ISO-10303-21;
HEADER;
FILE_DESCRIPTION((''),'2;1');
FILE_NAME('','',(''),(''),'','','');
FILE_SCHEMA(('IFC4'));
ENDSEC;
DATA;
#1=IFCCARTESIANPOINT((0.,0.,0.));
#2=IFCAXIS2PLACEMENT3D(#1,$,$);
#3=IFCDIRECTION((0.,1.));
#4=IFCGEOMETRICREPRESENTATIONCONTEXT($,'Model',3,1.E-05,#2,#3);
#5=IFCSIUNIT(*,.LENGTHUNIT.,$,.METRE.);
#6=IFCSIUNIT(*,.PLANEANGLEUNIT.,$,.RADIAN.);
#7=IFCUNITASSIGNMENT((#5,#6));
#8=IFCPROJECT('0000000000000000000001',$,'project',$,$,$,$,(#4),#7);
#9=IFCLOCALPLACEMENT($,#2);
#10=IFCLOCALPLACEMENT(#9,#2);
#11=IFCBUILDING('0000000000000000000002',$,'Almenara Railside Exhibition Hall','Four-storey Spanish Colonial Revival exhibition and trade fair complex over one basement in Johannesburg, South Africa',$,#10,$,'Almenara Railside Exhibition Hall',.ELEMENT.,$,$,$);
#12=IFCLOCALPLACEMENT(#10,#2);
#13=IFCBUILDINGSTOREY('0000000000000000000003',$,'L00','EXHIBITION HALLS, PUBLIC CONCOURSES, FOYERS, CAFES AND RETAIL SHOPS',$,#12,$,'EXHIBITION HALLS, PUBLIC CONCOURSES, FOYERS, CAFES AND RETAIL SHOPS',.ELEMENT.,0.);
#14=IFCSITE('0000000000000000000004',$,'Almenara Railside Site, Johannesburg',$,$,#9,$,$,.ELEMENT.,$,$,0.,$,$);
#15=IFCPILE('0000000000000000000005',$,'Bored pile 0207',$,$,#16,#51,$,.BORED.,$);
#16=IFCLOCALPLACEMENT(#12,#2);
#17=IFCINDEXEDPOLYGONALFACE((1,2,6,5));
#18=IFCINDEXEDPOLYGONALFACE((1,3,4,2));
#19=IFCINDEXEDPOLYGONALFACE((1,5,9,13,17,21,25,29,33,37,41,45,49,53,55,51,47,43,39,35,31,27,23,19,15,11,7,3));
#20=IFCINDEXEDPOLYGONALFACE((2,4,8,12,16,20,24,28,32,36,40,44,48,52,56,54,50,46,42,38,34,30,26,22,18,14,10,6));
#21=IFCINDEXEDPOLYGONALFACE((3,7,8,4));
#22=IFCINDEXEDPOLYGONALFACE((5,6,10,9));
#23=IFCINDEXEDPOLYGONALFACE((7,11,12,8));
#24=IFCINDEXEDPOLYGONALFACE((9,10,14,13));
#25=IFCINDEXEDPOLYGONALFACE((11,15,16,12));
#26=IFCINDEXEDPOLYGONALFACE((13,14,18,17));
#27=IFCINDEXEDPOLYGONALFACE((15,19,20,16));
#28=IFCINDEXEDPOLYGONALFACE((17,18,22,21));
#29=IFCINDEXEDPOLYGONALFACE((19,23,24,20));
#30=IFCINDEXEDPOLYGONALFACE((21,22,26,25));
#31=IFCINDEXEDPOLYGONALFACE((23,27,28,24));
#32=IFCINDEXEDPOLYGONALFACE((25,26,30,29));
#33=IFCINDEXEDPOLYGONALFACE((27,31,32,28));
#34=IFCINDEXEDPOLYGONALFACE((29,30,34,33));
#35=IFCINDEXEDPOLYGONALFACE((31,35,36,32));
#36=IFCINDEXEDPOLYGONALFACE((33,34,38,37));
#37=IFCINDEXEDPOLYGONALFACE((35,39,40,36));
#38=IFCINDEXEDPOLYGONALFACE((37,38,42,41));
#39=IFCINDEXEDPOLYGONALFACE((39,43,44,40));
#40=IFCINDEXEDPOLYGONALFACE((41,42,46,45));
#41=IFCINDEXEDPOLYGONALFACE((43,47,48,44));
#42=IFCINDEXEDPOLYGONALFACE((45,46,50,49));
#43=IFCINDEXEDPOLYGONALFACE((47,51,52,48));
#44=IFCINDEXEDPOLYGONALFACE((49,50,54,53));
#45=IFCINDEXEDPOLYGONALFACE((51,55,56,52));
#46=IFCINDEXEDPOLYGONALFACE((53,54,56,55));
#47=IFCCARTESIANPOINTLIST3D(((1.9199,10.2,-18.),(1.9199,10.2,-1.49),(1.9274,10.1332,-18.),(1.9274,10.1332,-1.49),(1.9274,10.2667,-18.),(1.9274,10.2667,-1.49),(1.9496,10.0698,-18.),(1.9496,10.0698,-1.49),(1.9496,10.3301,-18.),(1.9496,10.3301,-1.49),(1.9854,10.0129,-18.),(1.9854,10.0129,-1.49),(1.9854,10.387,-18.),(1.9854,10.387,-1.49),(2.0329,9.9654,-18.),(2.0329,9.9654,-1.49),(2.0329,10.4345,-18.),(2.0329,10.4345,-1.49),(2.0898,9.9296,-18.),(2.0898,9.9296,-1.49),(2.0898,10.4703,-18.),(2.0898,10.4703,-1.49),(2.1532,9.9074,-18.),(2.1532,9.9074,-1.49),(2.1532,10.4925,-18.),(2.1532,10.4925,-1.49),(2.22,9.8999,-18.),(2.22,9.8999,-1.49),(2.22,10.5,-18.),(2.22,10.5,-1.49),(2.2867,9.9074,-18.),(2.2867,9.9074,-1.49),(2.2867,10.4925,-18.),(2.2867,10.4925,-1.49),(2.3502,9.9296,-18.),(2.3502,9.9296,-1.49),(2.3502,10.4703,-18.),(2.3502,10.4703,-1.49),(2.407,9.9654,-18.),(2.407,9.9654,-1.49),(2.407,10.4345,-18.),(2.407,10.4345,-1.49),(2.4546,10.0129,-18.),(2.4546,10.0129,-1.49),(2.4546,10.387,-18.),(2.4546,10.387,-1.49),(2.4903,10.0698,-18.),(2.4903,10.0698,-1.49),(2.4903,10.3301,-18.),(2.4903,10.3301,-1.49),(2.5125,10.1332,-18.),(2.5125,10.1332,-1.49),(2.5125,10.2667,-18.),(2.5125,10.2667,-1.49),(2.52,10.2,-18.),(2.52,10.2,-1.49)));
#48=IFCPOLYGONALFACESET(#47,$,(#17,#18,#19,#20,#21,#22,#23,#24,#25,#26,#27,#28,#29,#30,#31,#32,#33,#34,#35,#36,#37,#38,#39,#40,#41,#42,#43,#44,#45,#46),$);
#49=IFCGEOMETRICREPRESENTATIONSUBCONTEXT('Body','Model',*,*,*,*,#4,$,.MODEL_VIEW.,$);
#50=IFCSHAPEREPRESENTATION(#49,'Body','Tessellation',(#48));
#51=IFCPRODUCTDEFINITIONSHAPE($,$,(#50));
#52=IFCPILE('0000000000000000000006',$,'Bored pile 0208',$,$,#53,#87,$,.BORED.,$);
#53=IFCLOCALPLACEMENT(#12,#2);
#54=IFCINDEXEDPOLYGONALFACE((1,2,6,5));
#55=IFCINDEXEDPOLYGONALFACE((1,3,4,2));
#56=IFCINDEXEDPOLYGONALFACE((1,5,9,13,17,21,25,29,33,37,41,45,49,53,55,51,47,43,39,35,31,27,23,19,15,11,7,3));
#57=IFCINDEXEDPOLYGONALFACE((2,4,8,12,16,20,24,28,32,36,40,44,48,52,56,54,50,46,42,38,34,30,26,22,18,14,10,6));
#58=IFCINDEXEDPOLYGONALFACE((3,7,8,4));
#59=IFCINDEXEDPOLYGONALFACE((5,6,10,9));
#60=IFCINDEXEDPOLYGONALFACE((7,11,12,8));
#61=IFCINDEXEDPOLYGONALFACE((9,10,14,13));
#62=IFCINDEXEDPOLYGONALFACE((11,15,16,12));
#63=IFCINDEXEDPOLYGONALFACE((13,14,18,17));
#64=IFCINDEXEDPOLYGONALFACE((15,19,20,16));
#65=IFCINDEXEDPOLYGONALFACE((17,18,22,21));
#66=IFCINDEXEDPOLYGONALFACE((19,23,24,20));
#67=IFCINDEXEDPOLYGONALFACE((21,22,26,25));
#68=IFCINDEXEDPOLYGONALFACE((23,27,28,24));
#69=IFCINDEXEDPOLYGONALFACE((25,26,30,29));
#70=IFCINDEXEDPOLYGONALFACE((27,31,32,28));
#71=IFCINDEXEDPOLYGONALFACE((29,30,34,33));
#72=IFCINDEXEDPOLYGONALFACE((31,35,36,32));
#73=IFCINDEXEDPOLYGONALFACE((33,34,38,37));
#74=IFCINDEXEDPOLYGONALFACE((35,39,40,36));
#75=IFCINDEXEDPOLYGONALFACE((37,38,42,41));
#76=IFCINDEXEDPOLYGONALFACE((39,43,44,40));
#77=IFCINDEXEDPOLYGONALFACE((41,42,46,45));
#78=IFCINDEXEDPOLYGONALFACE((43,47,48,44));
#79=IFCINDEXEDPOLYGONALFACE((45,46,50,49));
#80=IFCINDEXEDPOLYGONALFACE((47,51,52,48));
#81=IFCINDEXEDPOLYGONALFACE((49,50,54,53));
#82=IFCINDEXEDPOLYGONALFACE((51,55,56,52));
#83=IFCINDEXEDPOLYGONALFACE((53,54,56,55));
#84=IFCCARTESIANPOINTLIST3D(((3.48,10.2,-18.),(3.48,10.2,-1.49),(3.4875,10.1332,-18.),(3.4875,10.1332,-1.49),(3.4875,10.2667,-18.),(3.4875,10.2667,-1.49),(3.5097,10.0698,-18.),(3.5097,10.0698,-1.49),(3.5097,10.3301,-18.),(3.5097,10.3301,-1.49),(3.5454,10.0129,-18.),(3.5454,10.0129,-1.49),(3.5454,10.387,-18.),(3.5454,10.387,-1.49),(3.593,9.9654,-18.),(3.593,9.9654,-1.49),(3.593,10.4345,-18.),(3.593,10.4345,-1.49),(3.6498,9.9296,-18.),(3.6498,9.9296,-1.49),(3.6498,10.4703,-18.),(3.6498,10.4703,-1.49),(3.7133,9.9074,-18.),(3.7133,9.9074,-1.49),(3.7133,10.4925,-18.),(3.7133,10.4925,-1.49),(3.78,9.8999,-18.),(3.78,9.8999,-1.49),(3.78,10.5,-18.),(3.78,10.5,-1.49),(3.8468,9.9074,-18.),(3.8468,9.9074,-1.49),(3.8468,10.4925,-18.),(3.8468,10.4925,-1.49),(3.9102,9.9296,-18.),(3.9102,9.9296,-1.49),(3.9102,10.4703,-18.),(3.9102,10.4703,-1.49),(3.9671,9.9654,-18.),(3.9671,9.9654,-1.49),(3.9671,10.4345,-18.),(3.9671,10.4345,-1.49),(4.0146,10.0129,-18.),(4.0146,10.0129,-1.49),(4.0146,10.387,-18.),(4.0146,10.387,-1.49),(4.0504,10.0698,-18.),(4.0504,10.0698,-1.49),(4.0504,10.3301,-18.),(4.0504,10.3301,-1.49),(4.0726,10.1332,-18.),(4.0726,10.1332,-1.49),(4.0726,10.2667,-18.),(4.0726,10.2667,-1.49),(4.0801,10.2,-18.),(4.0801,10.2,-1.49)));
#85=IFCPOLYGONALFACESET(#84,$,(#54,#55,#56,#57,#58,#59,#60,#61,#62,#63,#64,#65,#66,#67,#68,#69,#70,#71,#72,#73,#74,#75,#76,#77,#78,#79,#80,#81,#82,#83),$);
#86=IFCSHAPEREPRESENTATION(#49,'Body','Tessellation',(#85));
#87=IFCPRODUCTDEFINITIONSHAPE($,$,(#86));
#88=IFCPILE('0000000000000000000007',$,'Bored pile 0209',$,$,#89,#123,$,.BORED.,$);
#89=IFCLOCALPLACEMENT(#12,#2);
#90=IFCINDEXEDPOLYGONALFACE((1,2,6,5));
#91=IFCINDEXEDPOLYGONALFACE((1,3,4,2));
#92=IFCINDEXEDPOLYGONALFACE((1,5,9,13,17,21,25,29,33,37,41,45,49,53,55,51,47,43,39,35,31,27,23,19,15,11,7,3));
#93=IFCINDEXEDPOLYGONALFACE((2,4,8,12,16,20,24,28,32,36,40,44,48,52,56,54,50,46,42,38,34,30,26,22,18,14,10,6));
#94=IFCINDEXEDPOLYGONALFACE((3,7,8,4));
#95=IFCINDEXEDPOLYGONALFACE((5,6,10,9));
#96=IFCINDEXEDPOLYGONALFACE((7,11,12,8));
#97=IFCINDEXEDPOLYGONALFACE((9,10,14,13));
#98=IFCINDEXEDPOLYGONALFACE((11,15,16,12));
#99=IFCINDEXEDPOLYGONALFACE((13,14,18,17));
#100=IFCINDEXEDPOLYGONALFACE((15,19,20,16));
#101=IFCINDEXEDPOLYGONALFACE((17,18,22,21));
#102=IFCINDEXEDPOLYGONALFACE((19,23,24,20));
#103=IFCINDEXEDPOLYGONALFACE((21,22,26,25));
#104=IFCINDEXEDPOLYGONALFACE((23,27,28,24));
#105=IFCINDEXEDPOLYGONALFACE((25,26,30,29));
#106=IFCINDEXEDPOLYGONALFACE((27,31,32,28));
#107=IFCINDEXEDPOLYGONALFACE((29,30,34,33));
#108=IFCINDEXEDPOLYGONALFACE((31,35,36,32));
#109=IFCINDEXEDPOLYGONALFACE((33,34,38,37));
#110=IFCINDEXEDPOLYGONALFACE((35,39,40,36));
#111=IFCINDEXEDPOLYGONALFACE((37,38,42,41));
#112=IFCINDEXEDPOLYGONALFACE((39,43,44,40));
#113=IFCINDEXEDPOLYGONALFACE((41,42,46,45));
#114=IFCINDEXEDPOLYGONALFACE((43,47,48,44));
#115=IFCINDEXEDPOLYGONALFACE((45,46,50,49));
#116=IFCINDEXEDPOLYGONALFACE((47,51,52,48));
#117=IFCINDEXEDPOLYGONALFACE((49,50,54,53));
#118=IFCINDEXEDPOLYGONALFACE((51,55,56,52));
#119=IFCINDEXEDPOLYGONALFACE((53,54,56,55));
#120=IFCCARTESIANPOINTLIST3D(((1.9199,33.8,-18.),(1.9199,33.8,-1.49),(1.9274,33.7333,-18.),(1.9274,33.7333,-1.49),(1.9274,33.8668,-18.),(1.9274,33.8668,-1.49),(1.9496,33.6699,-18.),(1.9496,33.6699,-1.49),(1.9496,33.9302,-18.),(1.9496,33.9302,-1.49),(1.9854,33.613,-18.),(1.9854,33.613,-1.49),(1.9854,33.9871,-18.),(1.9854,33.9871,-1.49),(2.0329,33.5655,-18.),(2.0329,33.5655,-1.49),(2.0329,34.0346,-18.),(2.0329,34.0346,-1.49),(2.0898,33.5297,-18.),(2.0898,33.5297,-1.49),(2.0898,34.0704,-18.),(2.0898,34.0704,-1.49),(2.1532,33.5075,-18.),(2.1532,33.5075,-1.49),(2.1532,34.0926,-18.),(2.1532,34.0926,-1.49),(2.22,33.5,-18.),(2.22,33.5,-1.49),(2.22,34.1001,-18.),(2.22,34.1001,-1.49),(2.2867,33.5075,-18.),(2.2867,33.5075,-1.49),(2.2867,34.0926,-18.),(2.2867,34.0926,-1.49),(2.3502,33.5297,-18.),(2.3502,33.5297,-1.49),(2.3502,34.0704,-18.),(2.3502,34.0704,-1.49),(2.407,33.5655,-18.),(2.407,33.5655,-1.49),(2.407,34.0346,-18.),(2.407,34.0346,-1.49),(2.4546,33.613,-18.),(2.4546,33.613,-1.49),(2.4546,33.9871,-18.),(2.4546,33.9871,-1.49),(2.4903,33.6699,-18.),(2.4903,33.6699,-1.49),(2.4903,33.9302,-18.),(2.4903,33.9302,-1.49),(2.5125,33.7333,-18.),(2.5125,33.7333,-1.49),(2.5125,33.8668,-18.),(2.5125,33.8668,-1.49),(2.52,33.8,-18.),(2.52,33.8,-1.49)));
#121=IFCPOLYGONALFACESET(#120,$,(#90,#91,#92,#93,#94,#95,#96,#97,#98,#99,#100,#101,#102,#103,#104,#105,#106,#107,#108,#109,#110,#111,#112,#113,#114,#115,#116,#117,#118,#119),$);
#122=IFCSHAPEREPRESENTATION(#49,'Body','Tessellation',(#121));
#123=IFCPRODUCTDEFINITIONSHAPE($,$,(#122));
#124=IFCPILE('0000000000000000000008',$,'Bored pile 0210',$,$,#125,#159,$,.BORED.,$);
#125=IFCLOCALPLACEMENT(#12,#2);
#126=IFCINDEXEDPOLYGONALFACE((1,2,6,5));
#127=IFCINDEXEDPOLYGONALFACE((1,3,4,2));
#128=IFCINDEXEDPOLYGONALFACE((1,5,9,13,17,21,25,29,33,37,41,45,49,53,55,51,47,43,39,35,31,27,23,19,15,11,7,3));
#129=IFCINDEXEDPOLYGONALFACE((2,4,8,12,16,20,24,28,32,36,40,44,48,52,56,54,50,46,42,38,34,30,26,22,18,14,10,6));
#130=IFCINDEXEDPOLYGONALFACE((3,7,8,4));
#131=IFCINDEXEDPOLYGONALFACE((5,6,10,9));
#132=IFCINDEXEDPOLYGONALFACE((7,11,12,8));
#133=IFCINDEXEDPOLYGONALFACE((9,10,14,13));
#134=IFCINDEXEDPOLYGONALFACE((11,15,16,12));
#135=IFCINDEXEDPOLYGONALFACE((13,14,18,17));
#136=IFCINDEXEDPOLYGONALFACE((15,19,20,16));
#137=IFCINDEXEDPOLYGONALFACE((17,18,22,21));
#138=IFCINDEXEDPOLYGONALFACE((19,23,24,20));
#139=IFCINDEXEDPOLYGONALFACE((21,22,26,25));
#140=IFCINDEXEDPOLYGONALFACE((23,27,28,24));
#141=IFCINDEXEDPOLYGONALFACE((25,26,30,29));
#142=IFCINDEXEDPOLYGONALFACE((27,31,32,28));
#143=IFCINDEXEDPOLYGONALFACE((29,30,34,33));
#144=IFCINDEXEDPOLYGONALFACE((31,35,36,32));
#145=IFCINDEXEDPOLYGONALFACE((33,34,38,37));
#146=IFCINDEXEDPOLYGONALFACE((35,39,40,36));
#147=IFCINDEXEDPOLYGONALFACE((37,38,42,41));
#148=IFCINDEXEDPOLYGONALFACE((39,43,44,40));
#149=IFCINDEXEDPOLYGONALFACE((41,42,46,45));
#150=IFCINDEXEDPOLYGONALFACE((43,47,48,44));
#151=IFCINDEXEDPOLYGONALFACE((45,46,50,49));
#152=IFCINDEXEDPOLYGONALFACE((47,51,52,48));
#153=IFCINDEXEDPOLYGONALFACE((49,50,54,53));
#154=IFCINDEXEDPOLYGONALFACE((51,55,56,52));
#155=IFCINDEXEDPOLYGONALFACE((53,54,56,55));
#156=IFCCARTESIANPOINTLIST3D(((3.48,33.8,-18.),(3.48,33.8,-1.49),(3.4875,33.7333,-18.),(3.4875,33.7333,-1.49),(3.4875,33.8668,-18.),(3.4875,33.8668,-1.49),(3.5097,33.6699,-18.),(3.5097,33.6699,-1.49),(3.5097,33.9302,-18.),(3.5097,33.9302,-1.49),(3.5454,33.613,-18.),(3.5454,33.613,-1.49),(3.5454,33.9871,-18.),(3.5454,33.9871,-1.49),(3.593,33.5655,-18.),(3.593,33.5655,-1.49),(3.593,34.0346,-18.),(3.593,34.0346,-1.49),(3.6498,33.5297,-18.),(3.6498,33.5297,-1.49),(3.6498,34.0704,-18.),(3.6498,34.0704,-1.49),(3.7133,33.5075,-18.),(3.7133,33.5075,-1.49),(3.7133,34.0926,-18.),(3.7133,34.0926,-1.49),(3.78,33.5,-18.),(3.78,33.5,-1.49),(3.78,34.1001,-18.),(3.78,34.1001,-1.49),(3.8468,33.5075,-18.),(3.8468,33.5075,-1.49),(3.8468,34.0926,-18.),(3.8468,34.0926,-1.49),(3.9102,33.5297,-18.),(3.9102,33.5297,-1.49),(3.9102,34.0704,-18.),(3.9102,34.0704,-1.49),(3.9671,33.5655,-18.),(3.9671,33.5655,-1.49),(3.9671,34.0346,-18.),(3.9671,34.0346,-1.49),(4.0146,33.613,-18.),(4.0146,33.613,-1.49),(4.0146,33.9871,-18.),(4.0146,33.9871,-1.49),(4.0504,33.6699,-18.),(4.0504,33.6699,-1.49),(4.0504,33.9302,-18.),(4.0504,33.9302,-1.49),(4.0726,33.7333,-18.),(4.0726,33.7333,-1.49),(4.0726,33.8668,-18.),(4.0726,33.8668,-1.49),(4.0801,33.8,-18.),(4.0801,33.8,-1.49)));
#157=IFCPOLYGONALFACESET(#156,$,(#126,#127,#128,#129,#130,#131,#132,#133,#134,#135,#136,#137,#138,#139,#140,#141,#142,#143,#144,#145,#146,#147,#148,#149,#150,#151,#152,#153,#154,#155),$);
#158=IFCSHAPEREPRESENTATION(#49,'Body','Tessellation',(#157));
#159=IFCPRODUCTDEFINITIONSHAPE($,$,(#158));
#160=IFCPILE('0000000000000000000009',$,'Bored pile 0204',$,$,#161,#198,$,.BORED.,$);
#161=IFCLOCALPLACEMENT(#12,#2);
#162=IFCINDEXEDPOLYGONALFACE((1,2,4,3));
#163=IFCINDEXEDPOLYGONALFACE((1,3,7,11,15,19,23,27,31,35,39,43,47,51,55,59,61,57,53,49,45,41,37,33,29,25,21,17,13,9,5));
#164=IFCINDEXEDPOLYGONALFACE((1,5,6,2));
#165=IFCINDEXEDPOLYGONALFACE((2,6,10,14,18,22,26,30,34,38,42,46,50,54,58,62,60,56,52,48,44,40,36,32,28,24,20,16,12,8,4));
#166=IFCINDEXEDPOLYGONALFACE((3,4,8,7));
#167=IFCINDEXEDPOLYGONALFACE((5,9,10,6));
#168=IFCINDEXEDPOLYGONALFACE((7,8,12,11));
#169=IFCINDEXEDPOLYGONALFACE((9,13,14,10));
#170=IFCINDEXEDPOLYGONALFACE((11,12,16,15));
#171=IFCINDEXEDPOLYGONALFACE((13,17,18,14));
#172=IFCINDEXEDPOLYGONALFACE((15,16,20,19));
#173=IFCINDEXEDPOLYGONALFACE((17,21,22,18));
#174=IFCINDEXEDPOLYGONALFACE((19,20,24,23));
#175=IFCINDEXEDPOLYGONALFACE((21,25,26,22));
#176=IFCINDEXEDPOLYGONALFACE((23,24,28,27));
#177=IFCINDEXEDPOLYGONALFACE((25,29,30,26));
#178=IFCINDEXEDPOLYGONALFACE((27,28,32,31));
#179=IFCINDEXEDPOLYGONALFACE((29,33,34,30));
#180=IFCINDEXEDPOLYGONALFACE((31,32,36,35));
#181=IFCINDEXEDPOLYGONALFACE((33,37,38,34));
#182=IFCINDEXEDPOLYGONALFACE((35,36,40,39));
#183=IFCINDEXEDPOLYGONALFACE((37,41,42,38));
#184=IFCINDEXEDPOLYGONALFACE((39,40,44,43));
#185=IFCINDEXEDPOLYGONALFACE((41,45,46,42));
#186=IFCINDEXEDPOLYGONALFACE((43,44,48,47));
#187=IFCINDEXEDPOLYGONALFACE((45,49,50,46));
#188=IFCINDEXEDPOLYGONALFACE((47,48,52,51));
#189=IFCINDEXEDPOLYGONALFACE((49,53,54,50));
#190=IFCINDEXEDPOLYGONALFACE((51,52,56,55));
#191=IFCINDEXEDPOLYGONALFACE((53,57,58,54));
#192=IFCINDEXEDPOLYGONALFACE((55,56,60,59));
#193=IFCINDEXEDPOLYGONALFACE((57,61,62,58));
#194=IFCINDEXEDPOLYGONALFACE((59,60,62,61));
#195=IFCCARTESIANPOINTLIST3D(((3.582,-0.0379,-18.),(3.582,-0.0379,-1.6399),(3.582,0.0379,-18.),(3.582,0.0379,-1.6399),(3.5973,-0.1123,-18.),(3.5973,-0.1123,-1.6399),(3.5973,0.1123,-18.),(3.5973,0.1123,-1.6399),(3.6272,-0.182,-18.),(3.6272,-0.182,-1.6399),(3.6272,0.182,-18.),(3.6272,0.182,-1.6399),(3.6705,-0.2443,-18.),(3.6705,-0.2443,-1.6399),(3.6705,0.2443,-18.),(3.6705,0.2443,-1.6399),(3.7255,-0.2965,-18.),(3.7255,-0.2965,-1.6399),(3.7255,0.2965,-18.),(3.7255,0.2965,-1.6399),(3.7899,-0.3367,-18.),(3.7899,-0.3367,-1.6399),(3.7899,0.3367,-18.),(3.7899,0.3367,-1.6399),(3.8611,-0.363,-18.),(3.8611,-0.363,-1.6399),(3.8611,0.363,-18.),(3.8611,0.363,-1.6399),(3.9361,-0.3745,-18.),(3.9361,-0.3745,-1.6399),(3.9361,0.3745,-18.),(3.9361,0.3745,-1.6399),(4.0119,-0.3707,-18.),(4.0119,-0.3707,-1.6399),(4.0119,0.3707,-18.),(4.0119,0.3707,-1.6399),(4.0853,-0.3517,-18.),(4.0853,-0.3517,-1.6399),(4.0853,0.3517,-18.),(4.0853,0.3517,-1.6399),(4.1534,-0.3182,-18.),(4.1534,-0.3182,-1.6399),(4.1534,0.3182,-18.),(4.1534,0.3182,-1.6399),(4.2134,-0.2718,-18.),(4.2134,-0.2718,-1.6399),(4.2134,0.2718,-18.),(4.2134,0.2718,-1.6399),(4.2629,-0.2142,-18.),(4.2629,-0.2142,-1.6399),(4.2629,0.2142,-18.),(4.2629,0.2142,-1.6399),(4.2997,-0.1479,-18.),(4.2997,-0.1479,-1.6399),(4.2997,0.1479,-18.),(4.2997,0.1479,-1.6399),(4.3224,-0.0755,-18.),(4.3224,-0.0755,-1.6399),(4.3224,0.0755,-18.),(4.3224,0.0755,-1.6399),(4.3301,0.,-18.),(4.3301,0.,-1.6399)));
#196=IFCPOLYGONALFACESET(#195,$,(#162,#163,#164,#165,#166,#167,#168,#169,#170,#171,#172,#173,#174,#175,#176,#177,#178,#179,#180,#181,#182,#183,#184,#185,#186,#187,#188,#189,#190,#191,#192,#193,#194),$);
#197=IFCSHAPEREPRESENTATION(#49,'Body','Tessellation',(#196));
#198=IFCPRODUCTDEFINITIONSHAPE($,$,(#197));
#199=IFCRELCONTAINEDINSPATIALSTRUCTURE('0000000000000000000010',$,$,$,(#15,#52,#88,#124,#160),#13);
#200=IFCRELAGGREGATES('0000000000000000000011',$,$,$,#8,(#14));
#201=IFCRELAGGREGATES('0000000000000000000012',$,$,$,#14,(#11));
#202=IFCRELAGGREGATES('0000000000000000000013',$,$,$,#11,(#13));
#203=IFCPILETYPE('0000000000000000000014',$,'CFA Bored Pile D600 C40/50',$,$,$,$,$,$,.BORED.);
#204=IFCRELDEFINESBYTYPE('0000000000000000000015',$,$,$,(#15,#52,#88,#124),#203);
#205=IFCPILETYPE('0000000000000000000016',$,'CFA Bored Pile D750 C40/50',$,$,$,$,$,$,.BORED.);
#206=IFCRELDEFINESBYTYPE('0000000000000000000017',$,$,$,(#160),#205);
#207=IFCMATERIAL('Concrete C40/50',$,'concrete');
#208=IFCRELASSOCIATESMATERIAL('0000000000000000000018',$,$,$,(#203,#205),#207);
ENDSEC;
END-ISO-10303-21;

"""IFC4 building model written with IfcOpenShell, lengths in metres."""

from ifc_helpers import new_model, si_unit, direction, frame, origin, origin_2d, place, context, subcontext, project, spatial, circle, extrude, material, material_profile, profile_set, type_object, element, save


model = new_model("IFC4")

# Units and contexts
model_context = context("Model", 3, precision=1e-05, world=origin(), true_north=direction((0.0, 1.0)))
body_context = subcontext(model_context, "Body", "Model", "MODEL_VIEW")
ifc_project = project(units=[si_unit("LENGTHUNIT", "METRE"), si_unit("PLANEANGLEUNIT", "RADIAN")], contexts=[model_context])

# Site, building, storey
site_placement = place(None, origin())
site = spatial("IfcSite", under=ifc_project, at=site_placement, Name="Almenara Railside Site, Johannesburg", CompositionType="ELEMENT", RefElevation=0.0)
building_placement = place(site_placement, origin())
building = spatial("IfcBuilding", under=site, at=building_placement, Name="Almenara Railside Exhibition Hall", Description="Four-storey Spanish Colonial Revival exhibition and trade fair complex over one basement in Johannesburg, South Africa", LongName="Almenara Railside Exhibition Hall", CompositionType="ELEMENT")
storey_placement = place(building_placement, origin())
storey = spatial("IfcBuildingStorey", under=building, at=storey_placement, Name="L00", Description="EXHIBITION HALLS, PUBLIC CONCOURSES, FOYERS, CAFES AND RETAIL SHOPS", LongName="EXHIBITION HALLS, PUBLIC CONCOURSES, FOYERS, CAFES AND RETAIL SHOPS", CompositionType="ELEMENT", Elevation=0.0)

# Piles
ifc_material_1 = material(Name="Concrete C40/50", Category="concrete")
ifc_material_profile_1 = material_profile(ifc_material_1, circle(Radius=0.3, at=origin_2d()), Name="CFA-PILE D600")
ifc_profile_set_1 = profile_set([ifc_material_profile_1], Name="Concrete C40/50")
pile_type_1 = type_object("IfcPileType", Name="CFA Bored Pile D600 C40/50", PredefinedType="BORED", material=ifc_profile_set_1)
for number, where, z_axis, x_axis, name in (
    (1, (2.22, 10.2, -1.49), (0.0, 0.0, -1.0), (1.0, 0.0, 0.0), "Bored pile 0207"),
    (2, (3.78, 10.2, -1.49), (0.0, 0.0, -1.0), (1.0, 0.0, 0.0), "Bored pile 0208"),
    (3, (2.22, 33.8, -1.49), (0.0, 0.0, -1.0), (1.0, 0.0, 0.0), "Bored pile 0209"),
    (4, (3.78, 33.8, -1.49), (0.0, 0.0, -1.0), (1.0, 0.0, 0.0), "Bored pile 0210"),
):
    element("IfcPile", number, at=place(storey_placement, frame(where, z_axis=z_axis, x_axis=x_axis)), inside=storey, type_object=pile_type_1, Name=name, PredefinedType="BORED", context=body_context, shape_type="SweptSolid", body=[
        extrude(circle(Radius=0.3, at=origin_2d()), origin(), (0.0, 0.0, 1.0), 16.51),
    ])
ifc_material_profile_2 = material_profile(ifc_material_1, circle(Radius=0.375, at=origin_2d()), Name="CFA-PILE D750")
ifc_profile_set_2 = profile_set([ifc_material_profile_2], Name="Concrete C40/50")
pile_type_2 = type_object("IfcPileType", Name="CFA Bored Pile D750 C40/50", PredefinedType="BORED", material=ifc_profile_set_2)
for number, where, z_axis, x_axis, name in (
    (5, (3.9551, 0.0, -1.6399), (0.0, 0.0, -1.0), (1.0, 0.0, 0.0), "Bored pile 0204"),
):
    element("IfcPile", number, at=place(storey_placement, frame(where, z_axis=z_axis, x_axis=x_axis)), inside=storey, type_object=pile_type_2, Name=name, PredefinedType="BORED", context=body_context, shape_type="SweptSolid", body=[
        extrude(circle(Radius=0.375, at=origin_2d()), origin(), (0.0, 0.0, 1.0), 16.3601),
    ])

save(model, "model.ifc")
